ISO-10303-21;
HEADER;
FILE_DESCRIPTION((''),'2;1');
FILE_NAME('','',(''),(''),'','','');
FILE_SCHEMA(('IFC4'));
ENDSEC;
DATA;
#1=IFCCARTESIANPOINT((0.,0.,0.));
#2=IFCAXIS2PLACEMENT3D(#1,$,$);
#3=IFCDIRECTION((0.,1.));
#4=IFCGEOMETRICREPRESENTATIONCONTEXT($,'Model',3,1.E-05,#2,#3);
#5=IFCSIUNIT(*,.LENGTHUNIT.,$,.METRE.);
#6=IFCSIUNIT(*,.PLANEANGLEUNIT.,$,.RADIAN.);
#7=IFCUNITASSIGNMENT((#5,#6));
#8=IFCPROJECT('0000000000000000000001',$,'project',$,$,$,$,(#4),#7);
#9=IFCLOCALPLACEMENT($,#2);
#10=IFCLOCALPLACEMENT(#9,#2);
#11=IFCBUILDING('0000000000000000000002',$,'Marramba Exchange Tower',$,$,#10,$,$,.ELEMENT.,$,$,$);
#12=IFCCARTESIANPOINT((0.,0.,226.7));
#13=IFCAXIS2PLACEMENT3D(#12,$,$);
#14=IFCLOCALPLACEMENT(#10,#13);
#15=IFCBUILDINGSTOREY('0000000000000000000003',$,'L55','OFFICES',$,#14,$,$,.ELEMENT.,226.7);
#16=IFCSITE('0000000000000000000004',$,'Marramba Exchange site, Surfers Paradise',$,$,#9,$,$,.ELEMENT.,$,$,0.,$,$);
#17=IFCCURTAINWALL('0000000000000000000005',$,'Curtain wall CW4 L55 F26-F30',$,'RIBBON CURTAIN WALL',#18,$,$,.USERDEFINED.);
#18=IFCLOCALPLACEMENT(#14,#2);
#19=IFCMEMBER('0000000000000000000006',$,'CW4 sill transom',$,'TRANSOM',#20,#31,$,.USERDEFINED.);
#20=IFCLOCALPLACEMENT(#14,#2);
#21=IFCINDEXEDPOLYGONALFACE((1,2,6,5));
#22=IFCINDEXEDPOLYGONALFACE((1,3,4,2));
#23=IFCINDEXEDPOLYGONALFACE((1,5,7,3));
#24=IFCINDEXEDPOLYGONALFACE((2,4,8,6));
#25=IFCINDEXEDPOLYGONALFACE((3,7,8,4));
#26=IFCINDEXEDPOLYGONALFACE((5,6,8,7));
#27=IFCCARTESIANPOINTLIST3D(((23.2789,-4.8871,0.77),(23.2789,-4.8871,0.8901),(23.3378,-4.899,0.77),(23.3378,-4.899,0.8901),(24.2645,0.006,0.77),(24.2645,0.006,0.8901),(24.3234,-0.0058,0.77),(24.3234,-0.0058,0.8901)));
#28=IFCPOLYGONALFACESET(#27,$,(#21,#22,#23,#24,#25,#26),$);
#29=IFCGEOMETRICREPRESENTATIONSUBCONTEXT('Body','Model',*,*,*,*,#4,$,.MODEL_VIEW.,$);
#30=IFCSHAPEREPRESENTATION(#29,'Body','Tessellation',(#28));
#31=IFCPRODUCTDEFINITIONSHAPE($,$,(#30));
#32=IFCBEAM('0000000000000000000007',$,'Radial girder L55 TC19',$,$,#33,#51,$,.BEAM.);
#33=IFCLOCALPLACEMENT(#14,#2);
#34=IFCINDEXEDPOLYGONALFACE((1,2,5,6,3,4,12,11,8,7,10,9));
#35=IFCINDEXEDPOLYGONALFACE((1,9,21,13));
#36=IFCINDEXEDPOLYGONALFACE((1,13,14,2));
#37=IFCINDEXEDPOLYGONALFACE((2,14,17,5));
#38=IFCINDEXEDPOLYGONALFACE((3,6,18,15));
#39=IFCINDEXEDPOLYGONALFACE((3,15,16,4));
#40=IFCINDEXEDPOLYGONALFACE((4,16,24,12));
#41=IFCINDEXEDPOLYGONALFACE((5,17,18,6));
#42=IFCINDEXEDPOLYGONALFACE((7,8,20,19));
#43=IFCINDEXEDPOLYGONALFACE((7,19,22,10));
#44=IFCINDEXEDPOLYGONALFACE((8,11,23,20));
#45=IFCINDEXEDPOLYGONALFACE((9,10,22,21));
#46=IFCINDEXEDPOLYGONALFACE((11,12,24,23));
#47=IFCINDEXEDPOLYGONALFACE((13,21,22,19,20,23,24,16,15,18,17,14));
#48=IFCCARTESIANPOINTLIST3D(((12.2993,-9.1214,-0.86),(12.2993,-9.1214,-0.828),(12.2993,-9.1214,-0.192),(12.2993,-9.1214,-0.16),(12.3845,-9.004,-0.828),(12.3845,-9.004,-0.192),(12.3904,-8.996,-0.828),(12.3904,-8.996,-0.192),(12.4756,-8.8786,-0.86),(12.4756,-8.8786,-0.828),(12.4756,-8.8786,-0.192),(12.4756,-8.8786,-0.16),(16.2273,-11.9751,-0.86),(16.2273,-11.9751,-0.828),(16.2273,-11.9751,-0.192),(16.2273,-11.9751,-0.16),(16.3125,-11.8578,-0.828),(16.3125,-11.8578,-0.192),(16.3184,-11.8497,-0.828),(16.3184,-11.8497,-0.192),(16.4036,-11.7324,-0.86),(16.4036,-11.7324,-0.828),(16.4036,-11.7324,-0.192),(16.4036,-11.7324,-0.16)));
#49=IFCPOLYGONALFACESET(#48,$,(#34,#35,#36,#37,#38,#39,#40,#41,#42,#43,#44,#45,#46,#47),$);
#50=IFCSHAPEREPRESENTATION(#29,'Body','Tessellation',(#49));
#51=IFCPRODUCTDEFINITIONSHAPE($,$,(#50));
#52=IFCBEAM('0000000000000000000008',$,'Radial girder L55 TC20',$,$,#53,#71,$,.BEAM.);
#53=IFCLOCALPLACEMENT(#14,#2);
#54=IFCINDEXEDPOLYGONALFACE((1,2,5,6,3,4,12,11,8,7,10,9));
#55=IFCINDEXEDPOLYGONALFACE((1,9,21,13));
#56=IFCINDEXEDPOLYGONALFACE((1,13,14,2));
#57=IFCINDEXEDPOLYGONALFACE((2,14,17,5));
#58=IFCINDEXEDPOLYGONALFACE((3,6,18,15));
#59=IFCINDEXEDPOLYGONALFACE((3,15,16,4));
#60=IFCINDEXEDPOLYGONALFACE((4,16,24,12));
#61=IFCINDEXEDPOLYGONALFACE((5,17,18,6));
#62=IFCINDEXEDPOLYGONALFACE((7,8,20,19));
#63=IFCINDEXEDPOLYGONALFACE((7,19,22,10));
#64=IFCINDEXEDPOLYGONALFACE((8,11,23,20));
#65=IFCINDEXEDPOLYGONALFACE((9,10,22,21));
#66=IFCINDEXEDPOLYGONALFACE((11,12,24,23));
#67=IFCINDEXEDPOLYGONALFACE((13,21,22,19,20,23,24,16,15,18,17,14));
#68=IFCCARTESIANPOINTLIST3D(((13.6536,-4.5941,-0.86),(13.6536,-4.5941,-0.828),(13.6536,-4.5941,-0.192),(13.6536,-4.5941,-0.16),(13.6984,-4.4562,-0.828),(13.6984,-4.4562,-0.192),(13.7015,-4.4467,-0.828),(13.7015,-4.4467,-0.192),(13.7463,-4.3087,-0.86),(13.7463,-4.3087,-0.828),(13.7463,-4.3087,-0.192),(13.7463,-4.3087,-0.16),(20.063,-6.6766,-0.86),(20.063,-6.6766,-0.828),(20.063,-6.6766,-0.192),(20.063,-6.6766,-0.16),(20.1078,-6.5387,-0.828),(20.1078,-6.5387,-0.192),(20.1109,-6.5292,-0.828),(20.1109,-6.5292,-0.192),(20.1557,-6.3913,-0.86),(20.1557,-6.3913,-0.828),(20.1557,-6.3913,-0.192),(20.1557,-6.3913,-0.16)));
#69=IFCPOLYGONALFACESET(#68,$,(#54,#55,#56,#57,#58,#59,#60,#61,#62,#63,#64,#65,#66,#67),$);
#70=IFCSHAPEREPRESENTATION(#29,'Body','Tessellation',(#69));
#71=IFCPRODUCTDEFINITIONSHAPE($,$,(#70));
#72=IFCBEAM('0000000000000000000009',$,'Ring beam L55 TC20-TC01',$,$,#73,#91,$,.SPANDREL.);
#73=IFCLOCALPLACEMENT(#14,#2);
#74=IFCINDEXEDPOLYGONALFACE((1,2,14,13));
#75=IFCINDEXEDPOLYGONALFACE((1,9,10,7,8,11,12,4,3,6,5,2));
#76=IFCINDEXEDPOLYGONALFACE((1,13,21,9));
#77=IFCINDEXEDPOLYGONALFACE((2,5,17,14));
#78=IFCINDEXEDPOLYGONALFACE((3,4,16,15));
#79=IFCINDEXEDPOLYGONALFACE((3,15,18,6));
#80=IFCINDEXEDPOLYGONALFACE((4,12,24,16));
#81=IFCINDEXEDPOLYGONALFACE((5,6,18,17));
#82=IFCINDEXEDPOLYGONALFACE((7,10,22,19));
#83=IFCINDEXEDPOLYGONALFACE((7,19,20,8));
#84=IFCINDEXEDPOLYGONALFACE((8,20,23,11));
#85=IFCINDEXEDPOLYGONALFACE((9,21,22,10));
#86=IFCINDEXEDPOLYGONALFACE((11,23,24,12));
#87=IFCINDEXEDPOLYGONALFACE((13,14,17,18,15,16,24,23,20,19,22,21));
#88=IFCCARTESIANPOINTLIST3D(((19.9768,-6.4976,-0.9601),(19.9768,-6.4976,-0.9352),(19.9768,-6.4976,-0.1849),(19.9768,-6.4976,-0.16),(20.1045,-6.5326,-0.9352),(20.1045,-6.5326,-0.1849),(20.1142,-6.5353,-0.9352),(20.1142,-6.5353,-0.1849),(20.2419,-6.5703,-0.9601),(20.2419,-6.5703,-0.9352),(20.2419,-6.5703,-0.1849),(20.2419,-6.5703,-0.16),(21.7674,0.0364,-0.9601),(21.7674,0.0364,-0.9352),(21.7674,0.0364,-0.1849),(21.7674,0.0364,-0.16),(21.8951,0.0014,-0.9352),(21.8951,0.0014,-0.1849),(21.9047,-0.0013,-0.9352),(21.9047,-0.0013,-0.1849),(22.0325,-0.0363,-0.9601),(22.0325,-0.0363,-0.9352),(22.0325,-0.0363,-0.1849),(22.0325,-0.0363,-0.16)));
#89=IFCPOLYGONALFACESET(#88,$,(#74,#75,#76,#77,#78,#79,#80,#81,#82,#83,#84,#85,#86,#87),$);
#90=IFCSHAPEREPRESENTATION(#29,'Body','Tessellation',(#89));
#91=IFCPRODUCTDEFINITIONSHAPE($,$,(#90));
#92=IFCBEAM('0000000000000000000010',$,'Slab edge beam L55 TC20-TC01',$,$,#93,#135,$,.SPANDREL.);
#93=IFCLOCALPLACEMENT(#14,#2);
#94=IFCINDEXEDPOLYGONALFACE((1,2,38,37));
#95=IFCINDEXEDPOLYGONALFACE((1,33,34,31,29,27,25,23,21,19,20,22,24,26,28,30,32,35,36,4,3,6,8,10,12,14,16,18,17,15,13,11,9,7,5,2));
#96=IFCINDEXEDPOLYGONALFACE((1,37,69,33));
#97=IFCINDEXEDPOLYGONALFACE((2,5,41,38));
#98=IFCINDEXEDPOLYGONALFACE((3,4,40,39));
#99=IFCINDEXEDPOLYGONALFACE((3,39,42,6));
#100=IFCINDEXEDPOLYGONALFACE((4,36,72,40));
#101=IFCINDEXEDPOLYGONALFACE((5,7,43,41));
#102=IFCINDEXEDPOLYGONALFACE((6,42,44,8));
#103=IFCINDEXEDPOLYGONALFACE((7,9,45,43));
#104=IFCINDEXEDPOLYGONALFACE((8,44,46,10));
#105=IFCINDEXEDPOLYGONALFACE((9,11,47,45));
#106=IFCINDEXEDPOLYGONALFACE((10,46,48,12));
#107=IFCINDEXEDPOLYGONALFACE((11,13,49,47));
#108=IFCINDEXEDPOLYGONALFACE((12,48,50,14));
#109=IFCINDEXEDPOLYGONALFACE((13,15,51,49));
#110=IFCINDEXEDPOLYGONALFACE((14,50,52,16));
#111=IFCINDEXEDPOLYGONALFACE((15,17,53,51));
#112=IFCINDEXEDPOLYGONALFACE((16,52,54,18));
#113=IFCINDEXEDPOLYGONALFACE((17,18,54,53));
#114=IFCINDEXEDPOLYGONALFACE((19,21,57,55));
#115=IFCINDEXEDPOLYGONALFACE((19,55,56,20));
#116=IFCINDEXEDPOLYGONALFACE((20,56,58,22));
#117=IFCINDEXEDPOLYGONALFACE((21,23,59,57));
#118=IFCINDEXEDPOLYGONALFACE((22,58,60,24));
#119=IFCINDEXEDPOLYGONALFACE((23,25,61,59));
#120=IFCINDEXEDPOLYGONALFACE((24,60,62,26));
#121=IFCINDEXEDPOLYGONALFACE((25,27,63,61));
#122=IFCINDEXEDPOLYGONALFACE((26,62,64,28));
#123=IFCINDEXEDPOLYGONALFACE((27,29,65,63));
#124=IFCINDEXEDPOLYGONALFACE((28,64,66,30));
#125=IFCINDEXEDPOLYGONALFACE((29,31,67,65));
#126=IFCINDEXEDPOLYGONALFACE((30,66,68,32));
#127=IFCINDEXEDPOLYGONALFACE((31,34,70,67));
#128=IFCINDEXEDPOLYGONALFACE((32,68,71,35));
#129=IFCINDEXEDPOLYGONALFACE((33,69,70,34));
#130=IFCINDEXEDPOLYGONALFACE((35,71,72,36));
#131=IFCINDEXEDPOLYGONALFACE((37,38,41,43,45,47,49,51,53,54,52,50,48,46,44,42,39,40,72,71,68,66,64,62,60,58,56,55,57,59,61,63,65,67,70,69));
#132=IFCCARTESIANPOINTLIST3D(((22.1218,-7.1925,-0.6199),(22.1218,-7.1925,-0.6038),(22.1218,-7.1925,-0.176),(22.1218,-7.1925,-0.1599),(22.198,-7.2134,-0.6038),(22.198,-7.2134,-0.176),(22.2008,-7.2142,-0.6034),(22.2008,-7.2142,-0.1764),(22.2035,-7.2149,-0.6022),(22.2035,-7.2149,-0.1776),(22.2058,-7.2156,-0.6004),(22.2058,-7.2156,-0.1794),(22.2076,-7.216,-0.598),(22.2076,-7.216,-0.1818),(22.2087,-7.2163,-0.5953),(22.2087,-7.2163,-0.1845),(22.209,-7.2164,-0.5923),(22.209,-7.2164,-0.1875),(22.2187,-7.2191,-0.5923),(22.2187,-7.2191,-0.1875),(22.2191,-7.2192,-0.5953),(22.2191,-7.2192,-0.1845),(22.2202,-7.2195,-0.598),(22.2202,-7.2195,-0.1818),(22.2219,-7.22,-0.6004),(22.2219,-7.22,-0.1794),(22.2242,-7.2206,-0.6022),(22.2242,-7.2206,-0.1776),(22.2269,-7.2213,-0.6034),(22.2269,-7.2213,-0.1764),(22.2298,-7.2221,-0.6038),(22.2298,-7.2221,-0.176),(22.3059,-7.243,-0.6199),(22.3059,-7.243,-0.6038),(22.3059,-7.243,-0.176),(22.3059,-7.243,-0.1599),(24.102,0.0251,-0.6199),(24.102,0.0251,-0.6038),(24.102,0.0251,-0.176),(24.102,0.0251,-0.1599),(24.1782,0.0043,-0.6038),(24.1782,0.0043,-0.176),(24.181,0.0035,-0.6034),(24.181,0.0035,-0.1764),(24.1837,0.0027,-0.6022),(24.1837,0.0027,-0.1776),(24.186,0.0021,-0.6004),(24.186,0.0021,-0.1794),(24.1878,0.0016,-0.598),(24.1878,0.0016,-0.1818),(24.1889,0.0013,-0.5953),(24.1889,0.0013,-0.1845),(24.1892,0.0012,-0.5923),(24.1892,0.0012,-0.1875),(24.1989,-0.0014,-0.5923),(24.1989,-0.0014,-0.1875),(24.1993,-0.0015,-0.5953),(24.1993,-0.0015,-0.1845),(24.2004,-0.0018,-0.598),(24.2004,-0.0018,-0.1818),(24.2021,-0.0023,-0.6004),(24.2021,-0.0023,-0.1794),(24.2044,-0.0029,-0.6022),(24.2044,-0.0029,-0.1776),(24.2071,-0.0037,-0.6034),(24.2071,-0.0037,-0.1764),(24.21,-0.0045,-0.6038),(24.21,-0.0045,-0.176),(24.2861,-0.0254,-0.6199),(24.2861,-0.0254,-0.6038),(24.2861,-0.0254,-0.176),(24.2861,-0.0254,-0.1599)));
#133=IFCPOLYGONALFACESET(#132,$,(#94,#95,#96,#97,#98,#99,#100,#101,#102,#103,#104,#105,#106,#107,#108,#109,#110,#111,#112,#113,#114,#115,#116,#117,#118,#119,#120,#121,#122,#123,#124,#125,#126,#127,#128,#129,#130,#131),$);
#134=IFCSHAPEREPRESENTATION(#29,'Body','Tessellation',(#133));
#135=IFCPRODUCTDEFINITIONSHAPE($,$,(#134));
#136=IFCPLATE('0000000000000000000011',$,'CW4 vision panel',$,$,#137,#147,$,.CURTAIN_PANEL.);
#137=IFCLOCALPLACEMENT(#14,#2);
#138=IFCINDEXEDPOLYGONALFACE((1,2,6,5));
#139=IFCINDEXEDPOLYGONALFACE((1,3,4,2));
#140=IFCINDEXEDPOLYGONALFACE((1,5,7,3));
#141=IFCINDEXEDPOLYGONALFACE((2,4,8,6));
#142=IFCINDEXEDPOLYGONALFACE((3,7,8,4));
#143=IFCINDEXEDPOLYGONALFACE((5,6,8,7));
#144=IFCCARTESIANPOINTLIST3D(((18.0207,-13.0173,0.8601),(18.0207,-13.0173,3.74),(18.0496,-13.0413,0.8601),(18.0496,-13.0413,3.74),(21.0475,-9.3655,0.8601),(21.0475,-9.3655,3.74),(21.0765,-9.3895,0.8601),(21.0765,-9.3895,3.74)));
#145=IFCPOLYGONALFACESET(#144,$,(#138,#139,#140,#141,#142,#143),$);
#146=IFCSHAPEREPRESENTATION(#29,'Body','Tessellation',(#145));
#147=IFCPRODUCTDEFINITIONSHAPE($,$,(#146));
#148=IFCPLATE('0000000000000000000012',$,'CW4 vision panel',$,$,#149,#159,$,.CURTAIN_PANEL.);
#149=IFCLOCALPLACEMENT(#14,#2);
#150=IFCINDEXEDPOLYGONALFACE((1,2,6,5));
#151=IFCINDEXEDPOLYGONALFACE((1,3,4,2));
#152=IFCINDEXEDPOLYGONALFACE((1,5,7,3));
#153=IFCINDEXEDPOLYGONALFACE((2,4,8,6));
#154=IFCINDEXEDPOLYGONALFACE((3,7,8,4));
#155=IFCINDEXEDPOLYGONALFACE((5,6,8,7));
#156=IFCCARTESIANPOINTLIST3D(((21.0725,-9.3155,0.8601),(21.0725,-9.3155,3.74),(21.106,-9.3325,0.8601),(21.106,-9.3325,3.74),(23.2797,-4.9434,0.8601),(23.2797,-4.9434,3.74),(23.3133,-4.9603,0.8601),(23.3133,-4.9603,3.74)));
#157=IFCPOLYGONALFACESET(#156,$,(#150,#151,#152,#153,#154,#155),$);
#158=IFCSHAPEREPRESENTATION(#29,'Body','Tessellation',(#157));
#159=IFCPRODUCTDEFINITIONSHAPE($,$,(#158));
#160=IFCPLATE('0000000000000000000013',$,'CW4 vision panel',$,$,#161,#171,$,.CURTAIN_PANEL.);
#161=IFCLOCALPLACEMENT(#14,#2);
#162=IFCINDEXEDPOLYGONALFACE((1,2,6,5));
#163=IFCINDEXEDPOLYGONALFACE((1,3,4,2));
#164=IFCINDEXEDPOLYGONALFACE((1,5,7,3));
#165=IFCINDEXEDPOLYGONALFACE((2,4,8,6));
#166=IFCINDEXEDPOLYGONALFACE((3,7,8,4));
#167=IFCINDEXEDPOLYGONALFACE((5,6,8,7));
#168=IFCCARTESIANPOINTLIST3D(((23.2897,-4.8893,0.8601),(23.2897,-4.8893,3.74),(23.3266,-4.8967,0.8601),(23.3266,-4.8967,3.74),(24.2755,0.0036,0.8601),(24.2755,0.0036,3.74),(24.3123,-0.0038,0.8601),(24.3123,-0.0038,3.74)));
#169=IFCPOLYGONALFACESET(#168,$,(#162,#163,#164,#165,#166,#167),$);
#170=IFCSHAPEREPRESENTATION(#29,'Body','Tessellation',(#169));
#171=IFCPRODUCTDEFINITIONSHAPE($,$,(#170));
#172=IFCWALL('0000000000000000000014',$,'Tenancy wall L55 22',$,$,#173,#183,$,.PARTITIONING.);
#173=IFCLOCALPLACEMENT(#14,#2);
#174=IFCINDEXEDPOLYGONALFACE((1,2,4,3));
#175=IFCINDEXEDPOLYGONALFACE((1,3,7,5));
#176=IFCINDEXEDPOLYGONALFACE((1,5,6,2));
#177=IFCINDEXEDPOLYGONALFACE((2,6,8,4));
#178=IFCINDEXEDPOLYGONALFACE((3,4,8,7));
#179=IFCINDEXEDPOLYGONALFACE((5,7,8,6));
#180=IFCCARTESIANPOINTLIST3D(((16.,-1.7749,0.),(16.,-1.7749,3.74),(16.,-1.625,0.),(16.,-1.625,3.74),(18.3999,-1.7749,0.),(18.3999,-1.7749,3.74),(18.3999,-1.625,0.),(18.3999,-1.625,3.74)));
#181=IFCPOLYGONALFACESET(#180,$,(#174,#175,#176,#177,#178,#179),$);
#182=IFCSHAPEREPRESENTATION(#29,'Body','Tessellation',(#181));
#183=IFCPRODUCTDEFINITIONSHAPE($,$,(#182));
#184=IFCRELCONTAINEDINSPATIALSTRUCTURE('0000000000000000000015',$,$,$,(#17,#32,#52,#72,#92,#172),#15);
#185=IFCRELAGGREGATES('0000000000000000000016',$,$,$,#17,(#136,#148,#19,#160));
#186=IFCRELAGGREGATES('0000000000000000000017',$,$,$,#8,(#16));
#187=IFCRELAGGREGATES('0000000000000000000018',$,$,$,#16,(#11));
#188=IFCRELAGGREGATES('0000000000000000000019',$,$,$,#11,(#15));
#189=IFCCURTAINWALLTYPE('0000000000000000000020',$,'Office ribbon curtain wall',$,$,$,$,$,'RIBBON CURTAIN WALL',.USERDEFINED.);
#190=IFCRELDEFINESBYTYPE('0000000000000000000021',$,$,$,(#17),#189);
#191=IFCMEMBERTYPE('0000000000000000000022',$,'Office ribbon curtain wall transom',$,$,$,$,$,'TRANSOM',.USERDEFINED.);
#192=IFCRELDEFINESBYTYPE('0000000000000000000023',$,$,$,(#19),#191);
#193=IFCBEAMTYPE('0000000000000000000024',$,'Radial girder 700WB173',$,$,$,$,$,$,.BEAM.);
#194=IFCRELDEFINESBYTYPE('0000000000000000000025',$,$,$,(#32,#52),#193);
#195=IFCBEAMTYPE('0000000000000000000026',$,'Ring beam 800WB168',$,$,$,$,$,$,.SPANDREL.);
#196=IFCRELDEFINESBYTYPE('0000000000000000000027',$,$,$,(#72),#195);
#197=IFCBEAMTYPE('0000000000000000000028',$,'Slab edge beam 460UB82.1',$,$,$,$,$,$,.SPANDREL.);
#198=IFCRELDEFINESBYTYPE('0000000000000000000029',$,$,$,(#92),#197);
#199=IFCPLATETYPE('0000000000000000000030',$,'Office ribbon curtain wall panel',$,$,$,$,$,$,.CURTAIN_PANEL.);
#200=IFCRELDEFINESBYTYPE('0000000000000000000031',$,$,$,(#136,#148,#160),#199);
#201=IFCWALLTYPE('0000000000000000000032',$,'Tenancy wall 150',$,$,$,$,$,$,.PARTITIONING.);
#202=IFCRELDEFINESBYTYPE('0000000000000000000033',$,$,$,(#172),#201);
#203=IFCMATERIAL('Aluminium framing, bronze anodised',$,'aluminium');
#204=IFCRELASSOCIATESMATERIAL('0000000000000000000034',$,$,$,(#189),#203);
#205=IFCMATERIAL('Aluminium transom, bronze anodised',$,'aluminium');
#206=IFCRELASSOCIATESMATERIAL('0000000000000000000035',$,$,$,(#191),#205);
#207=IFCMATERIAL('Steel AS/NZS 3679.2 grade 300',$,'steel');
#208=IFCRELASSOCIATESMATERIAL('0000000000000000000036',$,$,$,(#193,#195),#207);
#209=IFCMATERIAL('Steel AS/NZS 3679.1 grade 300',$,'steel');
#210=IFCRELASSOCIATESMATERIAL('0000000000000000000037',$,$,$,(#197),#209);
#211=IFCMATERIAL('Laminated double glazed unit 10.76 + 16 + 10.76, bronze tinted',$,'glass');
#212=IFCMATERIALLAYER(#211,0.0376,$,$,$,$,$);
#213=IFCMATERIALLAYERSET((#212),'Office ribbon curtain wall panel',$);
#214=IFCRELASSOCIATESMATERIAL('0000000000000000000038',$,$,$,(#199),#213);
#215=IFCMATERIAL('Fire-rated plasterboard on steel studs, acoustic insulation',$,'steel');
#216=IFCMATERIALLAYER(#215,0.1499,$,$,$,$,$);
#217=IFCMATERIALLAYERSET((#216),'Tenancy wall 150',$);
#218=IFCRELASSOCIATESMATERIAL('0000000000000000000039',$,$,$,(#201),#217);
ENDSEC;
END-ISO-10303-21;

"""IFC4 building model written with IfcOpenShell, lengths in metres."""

from ifc_helpers import new_model, si_unit, direction, frame, frame_2d, origin, origin_2d, place, context, subcontext, project, spatial, rectangle, i_section, extrude, material, layer, layer_set, material_profile, profile_set, type_object, element, aggregate, save


model = new_model("IFC4")

# Units and contexts
model_context = context("Model", 3, precision=1e-05, world=origin(), true_north=direction((0.0, 1.0)))
body_context = subcontext(model_context, "Body", "Model", "MODEL_VIEW")
ifc_project = project(units=[si_unit("LENGTHUNIT", "METRE"), si_unit("PLANEANGLEUNIT", "RADIAN")], contexts=[model_context])

# Site, building, storey
site_placement = place(None, origin())
site = spatial("IfcSite", under=ifc_project, at=site_placement, Name="Marramba Exchange site, Surfers Paradise", CompositionType="ELEMENT", RefElevation=0.0)
building_placement = place(site_placement, origin())
building = spatial("IfcBuilding", under=site, at=building_placement, Name="Marramba Exchange Tower", CompositionType="ELEMENT")
storey_placement = place(building_placement, frame((0.0, 0.0, 226.7)))
storey = spatial("IfcBuildingStorey", under=building, at=storey_placement, Name="L55", Description="OFFICES", CompositionType="ELEMENT", Elevation=226.7)

# Shared definitions
ifc_material_1 = material(Name="Steel AS/NZS 3679.2 grade 300", Category="steel")
ifc_material_2 = material(Name="Steel AS/NZS 3679.1 grade 300", Category="steel")

# Curtain wall, member
ifc_material_3 = material(Name="Aluminium framing, bronze anodised", Category="aluminium")
curtain_wall_type = type_object("IfcCurtainWallType", Name="Office ribbon curtain wall", ElementType="RIBBON CURTAIN WALL", PredefinedType="USERDEFINED", material=ifc_material_3)
curtain_wall_placement = place(storey_placement, origin())
curtain_wall = element("IfcCurtainWall", 1, at=curtain_wall_placement, inside=storey, type_object=curtain_wall_type, Name="Curtain wall CW4 L55 F26-F30", ObjectType="RIBBON CURTAIN WALL", PredefinedType="USERDEFINED")
ifc_material_4 = material(Name="Aluminium transom, bronze anodised", Category="aluminium")
ifc_material_profile_1 = material_profile(ifc_material_4, rectangle(XDim=0.0601, YDim=0.1201, at=origin_2d()), Name="CW4 transom 60x120")
ifc_profile_set_1 = profile_set([ifc_material_profile_1], Name="Aluminium transom, bronze anodised")
member_type_1 = type_object("IfcMemberType", Name="Office ribbon curtain wall transom", ElementType="TRANSOM", PredefinedType="USERDEFINED", material=ifc_profile_set_1)
member_1_placement = place(storey_placement, frame((23.3083, -4.8931, 0.8301), z_axis=(0.197461, 0.980311, 0.0), x_axis=(-0.980311, 0.197461, 0.0)))
member_1 = element("IfcMember", 2, at=member_1_placement, type_object=member_type_1, Name="CW4 sill transom", ObjectType="TRANSOM", PredefinedType="USERDEFINED", context=body_context, shape_type="SweptSolid", body=[
    extrude(rectangle(XDim=0.0601, YDim=0.1201, at=origin_2d()), origin(), (0.0, 0.0, 1.0), 4.9915),
])

# Beams
ifc_material_profile_2 = material_profile(ifc_material_1, i_section(OverallWidth=0.3, OverallDepth=0.7, WebThickness=0.01, FlangeThickness=0.032, at=origin_2d()), Name="700WB173")
ifc_profile_set_2 = profile_set([ifc_material_profile_2], Name="Steel AS/NZS 3679.2 grade 300")
beam_type_1 = type_object("IfcBeamType", Name="Radial girder 700WB173", PredefinedType="BEAM", material=ifc_profile_set_2)
beam_1_placement = place(storey_placement, frame((12.3875, -9.0, -0.51), z_axis=(0.809025, -0.587774, 0.0), x_axis=(0.587774, 0.809025, 0.0)))
element("IfcBeam", 3, at=beam_1_placement, inside=storey, type_object=beam_type_1, Name="Radial girder L55 TC19", PredefinedType="BEAM", context=body_context, shape_type="SweptSolid", body=[
    extrude(i_section(OverallWidth=0.3, OverallDepth=0.7, WebThickness=0.01, FlangeThickness=0.032, at=origin_2d()), origin(), (0.0, 0.0, 1.0), 4.8552),
])
beam_2_placement = place(storey_placement, frame((13.7, -4.4514, -0.51), z_axis=(0.951058, -0.309013, 0.0), x_axis=(0.309013, 0.951058, 0.0)))
element("IfcBeam", 4, at=beam_2_placement, inside=storey, type_object=beam_type_1, Name="Radial girder L55 TC20", PredefinedType="BEAM", context=body_context, shape_type="SweptSolid", body=[
    extrude(i_section(OverallWidth=0.3, OverallDepth=0.7, WebThickness=0.01, FlangeThickness=0.032, at=origin_2d()), origin(), (0.0, 0.0, 1.0), 6.7393),
])
ifc_material_profile_3 = material_profile(ifc_material_1, i_section(OverallWidth=0.2749, OverallDepth=0.8, WebThickness=0.01, FlangeThickness=0.0249, at=origin_2d()), Name="800WB168")
ifc_profile_set_3 = profile_set([ifc_material_profile_3], Name="Steel AS/NZS 3679.2 grade 300")
beam_type_2 = type_object("IfcBeamType", Name="Ring beam 800WB168", PredefinedType="SPANDREL", material=ifc_profile_set_3)
beam_3_placement = place(storey_placement, frame((20.1094, -6.5339, -0.5601), z_axis=(0.264291, 0.964443, 0.0), x_axis=(-0.964443, 0.264291, 0.0)))
element("IfcBeam", 5, at=beam_3_placement, inside=storey, type_object=beam_type_2, Name="Ring beam L55 TC20-TC01", PredefinedType="SPANDREL", context=body_context, shape_type="SweptSolid", body=[
    extrude(i_section(OverallWidth=0.2749, OverallDepth=0.8, WebThickness=0.01, FlangeThickness=0.0249, at=origin_2d()), origin(), (0.0, 0.0, 1.0), 6.7749),
])
ifc_material_profile_4 = material_profile(ifc_material_2, i_section(OverallWidth=0.1909, OverallDepth=0.46, WebThickness=0.01, FlangeThickness=0.0161, FilletRadius=0.0115, at=origin_2d()), Name="460UB82.1")
ifc_profile_set_4 = profile_set([ifc_material_profile_4], Name="Steel AS/NZS 3679.1 grade 300")
beam_type_3 = type_object("IfcBeamType", Name="Slab edge beam 460UB82.1", PredefinedType="SPANDREL", material=ifc_profile_set_4)
beam_4_placement = place(storey_placement, frame((22.2139, -7.2178, -0.3899), z_axis=(0.264577, 0.964365, 0.0), x_axis=(-0.964365, 0.264577, 0.0)))
element("IfcBeam", 6, at=beam_4_placement, inside=storey, type_object=beam_type_3, Name="Slab edge beam L55 TC20-TC01", PredefinedType="SPANDREL", context=body_context, shape_type="SweptSolid", body=[
    extrude(i_section(OverallWidth=0.1909, OverallDepth=0.46, WebThickness=0.01, FlangeThickness=0.0161, FilletRadius=0.0115, at=origin_2d()), origin(), (0.0, 0.0, 1.0), 7.4844),
])

# Plates
ifc_material_5 = material(Name="Laminated double glazed unit 10.76 + 16 + 10.76, bronze tinted", Category="glass")
ifc_layer_1 = layer(ifc_material_5, 0.0376)
ifc_layer_set_1 = layer_set([ifc_layer_1], Name="Office ribbon curtain wall panel")
plate_type = type_object("IfcPlateType", Name="Office ribbon curtain wall panel", PredefinedType="CURTAIN_PANEL", material=ifc_layer_set_1)
plate_1_placement = place(storey_placement, frame((19.5486, -11.2034, 0.8601), z_axis=(0.0, 0.0, 1.0), x_axis=(0.63815, 0.769912, 0.0)))
plate_1 = element("IfcPlate", 7, at=plate_1_placement, type_object=plate_type, Name="CW4 vision panel", PredefinedType="CURTAIN_PANEL", context=body_context, shape_type="SweptSolid", body=[
    extrude(rectangle(XDim=4.7432, YDim=0.0376, at=origin_2d()), origin(), (0.0, 0.0, 1.0), 2.8799),
])
plate_2_placement = place(storey_placement, frame((22.1929, -7.1379, 0.8601), z_axis=(0.0, 0.0, 1.0), x_axis=(0.450673, 0.892689, 0.0)))
plate_2 = element("IfcPlate", 8, at=plate_2_placement, type_object=plate_type, Name="CW4 vision panel", PredefinedType="CURTAIN_PANEL", context=body_context, shape_type="SweptSolid", body=[
    extrude(rectangle(XDim=4.8977, YDim=0.0376, at=origin_2d()), origin(), (0.0, 0.0, 1.0), 2.8799),
])
plate_3_placement = place(storey_placement, frame((23.801, -2.4465, 0.8601), z_axis=(0.0, 0.0, 1.0), x_axis=(0.197495, 0.980304, 0.0)))
plate_3 = element("IfcPlate", 9, at=plate_3_placement, type_object=plate_type, Name="CW4 vision panel", PredefinedType="CURTAIN_PANEL", context=body_context, shape_type="SweptSolid", body=[
    extrude(rectangle(XDim=4.9912, YDim=0.0376, at=origin_2d()), origin(), (0.0, 0.0, 1.0), 2.8799),
])
aggregate(curtain_wall, [plate_1, plate_2, member_1, plate_3])

# Wall
ifc_material_6 = material(Name="Fire-rated plasterboard on steel studs, acoustic insulation", Category="steel")
ifc_layer_2 = layer(ifc_material_6, 0.1499)
ifc_layer_set_2 = layer_set([ifc_layer_2], Name="Tenancy wall 150")
wall_type_1 = type_object("IfcWallType", Name="Tenancy wall 150", PredefinedType="PARTITIONING", material=ifc_layer_set_2)
wall_1_placement = place(storey_placement, frame((16.0, -1.7, 0.0), z_axis=(0.0, 0.0, 1.0), x_axis=(1.0, 0.0, 0.0)))
element("IfcWall", 10, at=wall_1_placement, inside=storey, type_object=wall_type_1, Name="Tenancy wall L55 22", PredefinedType="PARTITIONING", context=body_context, shape_type="SweptSolid", body=[
    extrude(rectangle(XDim=2.3999, YDim=0.1499, at=frame_2d((1.2, 0.0))), origin(), (0.0, 0.0, 1.0), 3.74),
])

save(model, "model.ifc")
